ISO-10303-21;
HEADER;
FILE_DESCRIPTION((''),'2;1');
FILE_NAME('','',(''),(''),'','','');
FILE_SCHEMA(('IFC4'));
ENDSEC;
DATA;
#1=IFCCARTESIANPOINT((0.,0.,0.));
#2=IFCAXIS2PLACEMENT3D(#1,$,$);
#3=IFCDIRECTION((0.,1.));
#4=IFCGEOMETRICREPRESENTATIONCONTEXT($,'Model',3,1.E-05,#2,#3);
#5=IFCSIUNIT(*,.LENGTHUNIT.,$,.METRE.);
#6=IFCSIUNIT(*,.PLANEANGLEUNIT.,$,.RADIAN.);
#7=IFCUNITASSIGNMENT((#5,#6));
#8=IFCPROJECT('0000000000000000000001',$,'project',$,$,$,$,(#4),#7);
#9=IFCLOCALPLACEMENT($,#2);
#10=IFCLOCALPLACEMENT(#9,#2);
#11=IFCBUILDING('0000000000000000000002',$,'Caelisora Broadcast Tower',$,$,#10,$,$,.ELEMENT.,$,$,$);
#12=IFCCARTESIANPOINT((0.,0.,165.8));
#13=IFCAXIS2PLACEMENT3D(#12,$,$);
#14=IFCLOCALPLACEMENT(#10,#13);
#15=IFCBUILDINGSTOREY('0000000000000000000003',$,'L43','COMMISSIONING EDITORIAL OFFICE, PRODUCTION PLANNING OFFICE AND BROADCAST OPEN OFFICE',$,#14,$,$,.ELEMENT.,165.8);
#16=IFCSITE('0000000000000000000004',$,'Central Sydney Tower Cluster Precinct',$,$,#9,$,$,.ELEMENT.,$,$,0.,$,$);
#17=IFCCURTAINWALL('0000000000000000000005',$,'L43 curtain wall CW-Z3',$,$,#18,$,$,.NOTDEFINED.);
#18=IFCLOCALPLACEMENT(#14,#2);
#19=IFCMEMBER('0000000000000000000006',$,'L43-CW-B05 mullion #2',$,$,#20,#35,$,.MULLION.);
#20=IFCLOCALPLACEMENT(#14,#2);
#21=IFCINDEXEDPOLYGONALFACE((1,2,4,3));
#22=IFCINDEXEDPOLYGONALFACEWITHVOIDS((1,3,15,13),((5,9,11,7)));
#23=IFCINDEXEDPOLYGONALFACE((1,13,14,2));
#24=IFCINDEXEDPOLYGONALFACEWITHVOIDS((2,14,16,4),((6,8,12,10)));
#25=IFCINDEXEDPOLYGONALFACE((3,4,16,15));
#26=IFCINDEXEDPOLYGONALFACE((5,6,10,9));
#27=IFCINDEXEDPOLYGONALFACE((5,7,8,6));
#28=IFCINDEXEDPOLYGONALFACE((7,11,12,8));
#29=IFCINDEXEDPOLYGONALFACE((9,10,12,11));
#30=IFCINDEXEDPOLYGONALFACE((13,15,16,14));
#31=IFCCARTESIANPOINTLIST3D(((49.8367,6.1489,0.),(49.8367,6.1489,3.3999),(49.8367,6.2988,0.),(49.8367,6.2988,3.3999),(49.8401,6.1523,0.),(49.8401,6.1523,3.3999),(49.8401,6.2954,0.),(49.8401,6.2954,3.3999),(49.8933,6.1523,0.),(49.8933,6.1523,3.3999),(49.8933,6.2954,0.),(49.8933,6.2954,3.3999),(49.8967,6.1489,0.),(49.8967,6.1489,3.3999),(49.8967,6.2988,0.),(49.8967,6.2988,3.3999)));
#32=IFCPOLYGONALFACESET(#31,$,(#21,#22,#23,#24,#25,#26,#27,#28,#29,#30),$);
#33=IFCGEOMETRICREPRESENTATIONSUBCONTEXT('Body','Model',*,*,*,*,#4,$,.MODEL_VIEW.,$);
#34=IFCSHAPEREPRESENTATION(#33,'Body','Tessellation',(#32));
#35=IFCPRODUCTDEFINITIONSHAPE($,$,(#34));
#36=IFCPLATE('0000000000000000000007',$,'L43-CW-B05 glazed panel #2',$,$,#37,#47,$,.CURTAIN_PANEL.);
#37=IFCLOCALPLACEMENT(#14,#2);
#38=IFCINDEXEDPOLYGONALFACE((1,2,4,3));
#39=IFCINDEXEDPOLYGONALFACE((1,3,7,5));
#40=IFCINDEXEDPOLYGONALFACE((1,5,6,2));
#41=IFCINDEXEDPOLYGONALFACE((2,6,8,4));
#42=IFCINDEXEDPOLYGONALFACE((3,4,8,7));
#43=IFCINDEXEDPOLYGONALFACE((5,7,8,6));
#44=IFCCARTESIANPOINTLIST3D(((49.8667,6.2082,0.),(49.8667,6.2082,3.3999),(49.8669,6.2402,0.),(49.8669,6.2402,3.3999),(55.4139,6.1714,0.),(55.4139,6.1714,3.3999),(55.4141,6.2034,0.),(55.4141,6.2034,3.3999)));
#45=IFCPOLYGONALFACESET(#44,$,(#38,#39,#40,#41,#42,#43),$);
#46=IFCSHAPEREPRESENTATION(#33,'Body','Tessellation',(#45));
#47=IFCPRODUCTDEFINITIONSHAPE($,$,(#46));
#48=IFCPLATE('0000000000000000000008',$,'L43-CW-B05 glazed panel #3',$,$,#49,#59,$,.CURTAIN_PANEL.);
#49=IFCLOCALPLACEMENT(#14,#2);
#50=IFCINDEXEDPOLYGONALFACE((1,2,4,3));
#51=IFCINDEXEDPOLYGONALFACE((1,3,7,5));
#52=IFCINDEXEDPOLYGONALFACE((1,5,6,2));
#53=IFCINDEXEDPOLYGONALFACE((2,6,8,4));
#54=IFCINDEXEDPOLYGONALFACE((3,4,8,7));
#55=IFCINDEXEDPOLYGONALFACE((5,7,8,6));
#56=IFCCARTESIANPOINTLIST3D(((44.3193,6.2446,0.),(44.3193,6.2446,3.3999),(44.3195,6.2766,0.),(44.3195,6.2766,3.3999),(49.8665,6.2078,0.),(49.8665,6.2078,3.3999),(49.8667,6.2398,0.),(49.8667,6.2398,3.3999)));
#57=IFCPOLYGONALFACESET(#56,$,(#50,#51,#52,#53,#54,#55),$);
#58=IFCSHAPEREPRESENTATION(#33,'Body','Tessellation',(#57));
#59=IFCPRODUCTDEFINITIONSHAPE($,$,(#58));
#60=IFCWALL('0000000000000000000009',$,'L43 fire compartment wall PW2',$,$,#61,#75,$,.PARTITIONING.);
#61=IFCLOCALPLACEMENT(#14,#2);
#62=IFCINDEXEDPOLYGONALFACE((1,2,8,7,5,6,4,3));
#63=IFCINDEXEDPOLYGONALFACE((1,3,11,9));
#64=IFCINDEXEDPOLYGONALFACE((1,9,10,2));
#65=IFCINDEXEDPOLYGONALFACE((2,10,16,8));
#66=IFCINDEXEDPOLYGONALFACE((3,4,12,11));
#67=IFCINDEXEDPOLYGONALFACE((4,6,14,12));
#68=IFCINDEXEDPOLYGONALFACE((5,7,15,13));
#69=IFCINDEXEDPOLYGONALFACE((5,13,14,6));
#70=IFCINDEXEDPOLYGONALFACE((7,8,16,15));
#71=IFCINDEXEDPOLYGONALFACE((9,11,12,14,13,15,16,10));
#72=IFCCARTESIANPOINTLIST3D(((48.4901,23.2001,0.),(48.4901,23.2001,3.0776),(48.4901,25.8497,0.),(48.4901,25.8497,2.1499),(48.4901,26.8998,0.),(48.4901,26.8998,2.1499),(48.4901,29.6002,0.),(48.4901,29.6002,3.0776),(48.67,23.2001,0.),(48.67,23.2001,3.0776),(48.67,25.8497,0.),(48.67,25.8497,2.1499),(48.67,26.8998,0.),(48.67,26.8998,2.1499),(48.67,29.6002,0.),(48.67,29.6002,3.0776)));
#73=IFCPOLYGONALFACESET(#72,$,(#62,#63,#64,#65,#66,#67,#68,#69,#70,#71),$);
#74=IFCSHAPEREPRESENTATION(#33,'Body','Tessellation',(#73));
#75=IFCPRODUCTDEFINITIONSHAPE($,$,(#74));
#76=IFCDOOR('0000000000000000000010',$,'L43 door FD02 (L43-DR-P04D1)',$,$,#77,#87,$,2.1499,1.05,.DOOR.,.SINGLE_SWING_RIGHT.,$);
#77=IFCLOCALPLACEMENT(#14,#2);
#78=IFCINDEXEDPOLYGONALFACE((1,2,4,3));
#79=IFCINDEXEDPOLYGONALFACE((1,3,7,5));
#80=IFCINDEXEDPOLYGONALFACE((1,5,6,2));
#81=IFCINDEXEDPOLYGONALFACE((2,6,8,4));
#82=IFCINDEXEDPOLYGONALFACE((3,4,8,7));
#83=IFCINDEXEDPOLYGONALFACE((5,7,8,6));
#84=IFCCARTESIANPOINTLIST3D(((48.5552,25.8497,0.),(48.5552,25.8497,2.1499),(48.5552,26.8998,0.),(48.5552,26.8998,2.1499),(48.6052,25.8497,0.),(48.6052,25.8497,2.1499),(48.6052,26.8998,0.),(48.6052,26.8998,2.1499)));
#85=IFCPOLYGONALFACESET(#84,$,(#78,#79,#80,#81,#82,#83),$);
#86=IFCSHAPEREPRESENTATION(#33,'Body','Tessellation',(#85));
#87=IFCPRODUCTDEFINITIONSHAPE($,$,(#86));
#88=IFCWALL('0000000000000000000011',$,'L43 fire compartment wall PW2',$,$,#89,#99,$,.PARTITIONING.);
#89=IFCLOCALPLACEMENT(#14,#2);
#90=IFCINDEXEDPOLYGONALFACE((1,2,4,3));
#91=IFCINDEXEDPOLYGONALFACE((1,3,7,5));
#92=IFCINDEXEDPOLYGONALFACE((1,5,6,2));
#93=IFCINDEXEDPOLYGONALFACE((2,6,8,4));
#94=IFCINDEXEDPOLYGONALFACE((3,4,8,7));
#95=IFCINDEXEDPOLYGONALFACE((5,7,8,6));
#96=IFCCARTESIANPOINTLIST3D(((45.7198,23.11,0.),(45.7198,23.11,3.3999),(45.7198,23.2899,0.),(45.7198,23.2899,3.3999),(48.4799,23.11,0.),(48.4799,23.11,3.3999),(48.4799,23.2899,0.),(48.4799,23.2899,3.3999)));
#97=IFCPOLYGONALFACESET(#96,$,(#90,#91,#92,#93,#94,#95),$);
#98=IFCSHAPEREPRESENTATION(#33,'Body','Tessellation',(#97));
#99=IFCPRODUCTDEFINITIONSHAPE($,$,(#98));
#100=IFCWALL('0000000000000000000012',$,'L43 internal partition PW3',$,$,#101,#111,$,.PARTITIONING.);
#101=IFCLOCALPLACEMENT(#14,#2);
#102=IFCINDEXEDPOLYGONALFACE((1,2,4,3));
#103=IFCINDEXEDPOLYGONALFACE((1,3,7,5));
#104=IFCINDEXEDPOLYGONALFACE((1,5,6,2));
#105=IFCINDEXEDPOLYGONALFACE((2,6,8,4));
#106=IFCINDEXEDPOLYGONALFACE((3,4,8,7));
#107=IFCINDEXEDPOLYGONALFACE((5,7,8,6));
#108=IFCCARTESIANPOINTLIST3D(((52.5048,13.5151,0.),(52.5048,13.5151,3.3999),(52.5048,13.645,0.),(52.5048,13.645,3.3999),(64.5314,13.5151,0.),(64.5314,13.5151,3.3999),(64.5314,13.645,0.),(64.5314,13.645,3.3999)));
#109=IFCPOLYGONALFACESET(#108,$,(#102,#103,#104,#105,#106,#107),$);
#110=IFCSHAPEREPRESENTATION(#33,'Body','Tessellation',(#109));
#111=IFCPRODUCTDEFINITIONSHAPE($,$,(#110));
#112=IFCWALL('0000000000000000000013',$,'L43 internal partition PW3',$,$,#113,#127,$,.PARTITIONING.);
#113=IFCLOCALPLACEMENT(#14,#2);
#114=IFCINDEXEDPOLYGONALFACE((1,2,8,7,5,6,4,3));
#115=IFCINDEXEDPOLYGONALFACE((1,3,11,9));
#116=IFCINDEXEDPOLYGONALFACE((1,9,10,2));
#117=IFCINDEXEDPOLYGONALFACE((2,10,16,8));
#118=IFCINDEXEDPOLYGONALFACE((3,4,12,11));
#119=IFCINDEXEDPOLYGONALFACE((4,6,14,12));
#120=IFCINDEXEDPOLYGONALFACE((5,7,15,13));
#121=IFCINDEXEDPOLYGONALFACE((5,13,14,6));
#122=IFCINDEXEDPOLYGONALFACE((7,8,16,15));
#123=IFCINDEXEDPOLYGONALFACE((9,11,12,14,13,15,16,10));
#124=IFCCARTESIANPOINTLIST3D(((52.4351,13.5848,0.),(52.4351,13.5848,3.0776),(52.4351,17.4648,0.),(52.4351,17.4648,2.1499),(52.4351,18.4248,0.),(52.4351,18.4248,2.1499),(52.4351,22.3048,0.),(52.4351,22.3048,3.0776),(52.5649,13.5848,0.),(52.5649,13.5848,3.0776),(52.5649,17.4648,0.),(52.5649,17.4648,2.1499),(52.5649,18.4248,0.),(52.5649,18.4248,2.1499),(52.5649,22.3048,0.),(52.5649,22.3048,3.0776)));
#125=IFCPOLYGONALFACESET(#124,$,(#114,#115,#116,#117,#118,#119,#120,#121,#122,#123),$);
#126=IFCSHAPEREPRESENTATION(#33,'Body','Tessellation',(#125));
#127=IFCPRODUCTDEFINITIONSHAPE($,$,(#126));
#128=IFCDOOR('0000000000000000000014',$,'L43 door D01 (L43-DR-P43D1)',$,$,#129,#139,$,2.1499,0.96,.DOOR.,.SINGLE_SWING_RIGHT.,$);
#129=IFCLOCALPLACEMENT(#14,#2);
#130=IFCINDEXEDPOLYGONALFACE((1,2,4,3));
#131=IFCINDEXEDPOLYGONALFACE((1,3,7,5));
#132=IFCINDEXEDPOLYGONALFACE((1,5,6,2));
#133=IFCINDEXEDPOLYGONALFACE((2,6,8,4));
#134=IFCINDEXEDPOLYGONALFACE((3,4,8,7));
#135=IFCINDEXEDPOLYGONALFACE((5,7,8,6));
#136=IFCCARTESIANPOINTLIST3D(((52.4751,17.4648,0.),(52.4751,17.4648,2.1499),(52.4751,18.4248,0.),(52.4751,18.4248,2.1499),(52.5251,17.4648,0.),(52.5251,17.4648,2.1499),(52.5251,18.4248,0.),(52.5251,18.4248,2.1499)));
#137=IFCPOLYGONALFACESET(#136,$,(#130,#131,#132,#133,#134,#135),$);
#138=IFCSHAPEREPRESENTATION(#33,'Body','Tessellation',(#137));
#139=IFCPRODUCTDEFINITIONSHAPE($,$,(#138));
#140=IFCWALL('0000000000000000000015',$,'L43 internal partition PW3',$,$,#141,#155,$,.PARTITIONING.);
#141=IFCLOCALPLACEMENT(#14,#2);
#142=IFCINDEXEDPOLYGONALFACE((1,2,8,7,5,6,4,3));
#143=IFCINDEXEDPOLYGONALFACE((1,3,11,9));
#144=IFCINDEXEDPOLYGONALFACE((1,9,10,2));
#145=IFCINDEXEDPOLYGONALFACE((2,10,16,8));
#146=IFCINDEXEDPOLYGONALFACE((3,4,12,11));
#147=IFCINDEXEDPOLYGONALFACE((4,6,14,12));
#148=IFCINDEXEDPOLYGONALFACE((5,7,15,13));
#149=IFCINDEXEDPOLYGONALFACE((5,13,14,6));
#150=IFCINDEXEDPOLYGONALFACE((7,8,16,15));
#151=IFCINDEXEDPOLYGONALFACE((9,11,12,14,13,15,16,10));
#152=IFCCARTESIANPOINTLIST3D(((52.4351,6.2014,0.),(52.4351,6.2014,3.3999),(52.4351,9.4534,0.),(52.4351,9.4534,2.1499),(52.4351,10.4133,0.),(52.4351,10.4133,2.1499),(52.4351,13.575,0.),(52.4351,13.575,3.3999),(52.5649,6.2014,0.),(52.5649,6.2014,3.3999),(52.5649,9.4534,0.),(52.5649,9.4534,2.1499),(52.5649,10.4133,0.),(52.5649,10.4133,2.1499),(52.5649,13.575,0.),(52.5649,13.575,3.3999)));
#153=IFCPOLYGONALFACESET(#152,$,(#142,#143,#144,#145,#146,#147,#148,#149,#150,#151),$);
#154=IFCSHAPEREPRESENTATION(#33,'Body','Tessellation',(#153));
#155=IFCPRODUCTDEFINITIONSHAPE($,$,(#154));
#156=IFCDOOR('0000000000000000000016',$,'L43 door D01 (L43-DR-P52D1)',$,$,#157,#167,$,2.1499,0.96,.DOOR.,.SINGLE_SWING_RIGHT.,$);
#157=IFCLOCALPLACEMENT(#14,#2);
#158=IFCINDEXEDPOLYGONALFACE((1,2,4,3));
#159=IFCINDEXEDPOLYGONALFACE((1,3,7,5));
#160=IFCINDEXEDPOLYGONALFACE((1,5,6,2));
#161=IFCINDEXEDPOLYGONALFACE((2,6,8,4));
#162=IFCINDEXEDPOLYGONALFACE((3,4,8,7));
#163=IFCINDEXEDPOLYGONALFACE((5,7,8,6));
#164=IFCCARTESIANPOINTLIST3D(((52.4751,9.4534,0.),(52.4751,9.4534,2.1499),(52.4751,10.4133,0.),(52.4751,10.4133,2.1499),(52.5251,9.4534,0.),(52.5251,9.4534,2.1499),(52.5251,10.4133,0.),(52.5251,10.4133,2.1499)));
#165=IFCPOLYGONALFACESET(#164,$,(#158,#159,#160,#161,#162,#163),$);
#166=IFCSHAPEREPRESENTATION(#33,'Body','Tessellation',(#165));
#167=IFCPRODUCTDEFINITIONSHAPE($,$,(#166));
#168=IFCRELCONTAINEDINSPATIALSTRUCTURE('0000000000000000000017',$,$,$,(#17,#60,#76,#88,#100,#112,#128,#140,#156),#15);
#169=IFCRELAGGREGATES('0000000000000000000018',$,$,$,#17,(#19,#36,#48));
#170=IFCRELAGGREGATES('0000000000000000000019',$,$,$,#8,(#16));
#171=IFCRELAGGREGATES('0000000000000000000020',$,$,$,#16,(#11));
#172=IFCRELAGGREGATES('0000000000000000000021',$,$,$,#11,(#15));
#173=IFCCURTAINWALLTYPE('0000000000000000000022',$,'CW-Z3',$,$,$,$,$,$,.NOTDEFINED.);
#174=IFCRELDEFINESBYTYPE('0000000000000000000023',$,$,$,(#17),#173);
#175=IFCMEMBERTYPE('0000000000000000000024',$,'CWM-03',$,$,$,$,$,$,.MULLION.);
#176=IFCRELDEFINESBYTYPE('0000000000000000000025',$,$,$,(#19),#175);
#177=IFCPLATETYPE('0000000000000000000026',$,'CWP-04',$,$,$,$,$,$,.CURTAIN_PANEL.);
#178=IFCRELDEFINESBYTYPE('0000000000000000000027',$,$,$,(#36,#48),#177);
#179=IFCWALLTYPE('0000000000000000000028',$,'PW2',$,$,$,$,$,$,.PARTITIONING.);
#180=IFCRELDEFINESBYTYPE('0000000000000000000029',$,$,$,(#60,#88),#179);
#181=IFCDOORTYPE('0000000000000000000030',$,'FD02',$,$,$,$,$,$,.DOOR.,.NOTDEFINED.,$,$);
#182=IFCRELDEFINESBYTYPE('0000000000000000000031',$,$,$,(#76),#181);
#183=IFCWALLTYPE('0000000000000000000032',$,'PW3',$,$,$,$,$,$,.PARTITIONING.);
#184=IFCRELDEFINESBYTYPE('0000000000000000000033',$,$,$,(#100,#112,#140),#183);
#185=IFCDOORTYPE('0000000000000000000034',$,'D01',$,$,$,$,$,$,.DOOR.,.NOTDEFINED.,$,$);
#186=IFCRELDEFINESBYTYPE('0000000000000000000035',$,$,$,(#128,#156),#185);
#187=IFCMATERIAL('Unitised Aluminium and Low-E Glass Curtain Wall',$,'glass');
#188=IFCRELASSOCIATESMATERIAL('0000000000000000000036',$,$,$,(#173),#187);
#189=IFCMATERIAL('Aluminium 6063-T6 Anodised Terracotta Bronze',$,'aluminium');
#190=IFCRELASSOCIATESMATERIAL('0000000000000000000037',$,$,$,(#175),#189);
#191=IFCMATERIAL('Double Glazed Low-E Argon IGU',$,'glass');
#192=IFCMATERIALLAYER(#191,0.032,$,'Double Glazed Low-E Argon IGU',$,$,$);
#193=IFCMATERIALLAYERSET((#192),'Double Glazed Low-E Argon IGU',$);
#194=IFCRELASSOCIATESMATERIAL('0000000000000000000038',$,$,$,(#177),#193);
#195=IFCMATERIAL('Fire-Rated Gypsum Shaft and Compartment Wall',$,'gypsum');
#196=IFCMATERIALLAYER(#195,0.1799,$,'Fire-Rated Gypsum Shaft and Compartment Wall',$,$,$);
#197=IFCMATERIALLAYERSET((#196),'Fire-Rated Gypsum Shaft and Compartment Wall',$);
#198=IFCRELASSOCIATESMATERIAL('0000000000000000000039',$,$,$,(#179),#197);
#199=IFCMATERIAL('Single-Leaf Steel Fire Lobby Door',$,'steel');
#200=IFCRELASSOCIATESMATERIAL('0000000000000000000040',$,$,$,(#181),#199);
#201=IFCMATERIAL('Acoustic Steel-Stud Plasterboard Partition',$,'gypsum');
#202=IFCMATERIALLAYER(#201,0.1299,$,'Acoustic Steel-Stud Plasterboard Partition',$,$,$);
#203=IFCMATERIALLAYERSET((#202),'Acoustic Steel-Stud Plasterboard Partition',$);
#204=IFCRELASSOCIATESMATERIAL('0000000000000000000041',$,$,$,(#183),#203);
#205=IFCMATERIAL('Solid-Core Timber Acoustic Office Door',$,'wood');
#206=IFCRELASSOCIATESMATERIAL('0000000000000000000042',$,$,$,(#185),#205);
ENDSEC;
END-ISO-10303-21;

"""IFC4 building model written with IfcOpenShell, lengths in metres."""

from ifc_helpers import new_model, si_unit, direction, frame, frame_2d, origin, origin_2d, place, context, subcontext, project, spatial, rectangle, hollow_rectangle, extrude, source, transform, mapped, material, layer, layer_set, material_profile, profile_set, type_object, type_shapes, element, fill, aggregate, save


model = new_model("IFC4")

# Units and contexts
model_context = context("Model", 3, precision=1e-05, world=origin(), true_north=direction((0.0, 1.0)))
body_context = subcontext(model_context, "Body", "Model", "MODEL_VIEW")
ifc_project = project(units=[si_unit("LENGTHUNIT", "METRE"), si_unit("PLANEANGLEUNIT", "RADIAN")], contexts=[model_context])

# Site, building, storey
site_placement = place(None, origin())
site = spatial("IfcSite", under=ifc_project, at=site_placement, Name="Central Sydney Tower Cluster Precinct", CompositionType="ELEMENT", RefElevation=0.0)
building_placement = place(site_placement, origin())
building = spatial("IfcBuilding", under=site, at=building_placement, Name="Caelisora Broadcast Tower", CompositionType="ELEMENT")
storey_placement = place(building_placement, frame((0.0, 0.0, 165.8)))
storey = spatial("IfcBuildingStorey", under=building, at=storey_placement, Name="L43", Description="COMMISSIONING EDITORIAL OFFICE, PRODUCTION PLANNING OFFICE AND BROADCAST OPEN OFFICE", CompositionType="ELEMENT", Elevation=165.8)

# Curtain wall, member, plates
ifc_material_1 = material(Name="Unitised Aluminium and Low-E Glass Curtain Wall", Category="glass")
curtain_wall_type = type_object("IfcCurtainWallType", Name="CW-Z3", PredefinedType="NOTDEFINED", material=ifc_material_1)
curtain_wall_placement = place(storey_placement, origin())
curtain_wall = element("IfcCurtainWall", 1, at=curtain_wall_placement, inside=storey, type_object=curtain_wall_type, Name="L43 curtain wall CW-Z3", PredefinedType="NOTDEFINED")
ifc_material_2 = material(Name="Aluminium 6063-T6 Anodised Terracotta Bronze", Category="aluminium")
ifc_material_profile_1 = material_profile(ifc_material_2, hollow_rectangle(XDim=0.0601, YDim=0.1499, WallThickness=0.0034, at=origin_2d()), Name="Aluminium 6063-T6 Anodised Terracotta Bronze")
ifc_profile_set_1 = profile_set([ifc_material_profile_1], Name="Aluminium 6063-T6 Anodised Terracotta Bronze")
member_type = type_object("IfcMemberType", Name="CWM-03", PredefinedType="MULLION", material=ifc_profile_set_1)
shared_shape_1 = source(origin(), body_context, "Body", "SweptSolid", [
    extrude(hollow_rectangle(XDim=0.0601, YDim=0.1499, WallThickness=0.0034, at=origin_2d()), origin(), (0.0, 0.0, 1.0), 3.3999),
])
type_shapes(member_type, [shared_shape_1])
member_placement = place(storey_placement, frame((49.8667, 6.2239, 0.0), z_axis=(0.0, 0.0, 1.0), x_axis=(1.0, 0.0, 0.0)))
member = element("IfcMember", 2, at=member_placement, type_object=member_type, Name="L43-CW-B05 mullion #2", PredefinedType="MULLION", context=body_context, shape_type="MappedRepresentation", body=[
    mapped(shared_shape_1, transform((0.0, 0.0, 0.0), scale=1.0)),
])
ifc_material_3 = material(Name="Double Glazed Low-E Argon IGU", Category="glass")
ifc_layer_1 = layer(ifc_material_3, 0.032, Name="Double Glazed Low-E Argon IGU")
ifc_layer_set_1 = layer_set([ifc_layer_1], Name="Double Glazed Low-E Argon IGU")
plate_type = type_object("IfcPlateType", Name="CWP-04", PredefinedType="CURTAIN_PANEL", material=ifc_layer_set_1)
shared_shape_2 = source(origin(), body_context, "Body", "SweptSolid", [
    extrude(rectangle(XDim=5.5474, YDim=0.032, at=origin_2d()), origin(), (0.0, 0.0, 1.0), 3.3999),
])
type_shapes(plate_type, [shared_shape_2])
plate_1_placement = place(storey_placement, frame((52.6404, 6.2058, 0.0), z_axis=(0.0, 0.0, 1.0), x_axis=(-0.999978, 0.006632, 0.0)))
plate_1 = element("IfcPlate", 3, at=plate_1_placement, type_object=plate_type, Name="L43-CW-B05 glazed panel #2", PredefinedType="CURTAIN_PANEL", context=body_context, shape_type="MappedRepresentation", body=[
    mapped(shared_shape_2, transform((0.0, 0.0, 0.0), scale=1.0)),
])
plate_2_placement = place(storey_placement, frame((47.093, 6.2422, 0.0), z_axis=(0.0, 0.0, 1.0), x_axis=(-0.999978, 0.006632, 0.0)))
plate_2 = element("IfcPlate", 4, at=plate_2_placement, type_object=plate_type, Name="L43-CW-B05 glazed panel #3", PredefinedType="CURTAIN_PANEL", context=body_context, shape_type="MappedRepresentation", body=[
    mapped(shared_shape_2, transform((0.0, 0.0, 0.0), scale=1.0)),
])
aggregate(curtain_wall, [member, plate_1, plate_2])

# Wall, opening, door
ifc_material_4 = material(Name="Fire-Rated Gypsum Shaft and Compartment Wall", Category="gypsum")
ifc_layer_2 = layer(ifc_material_4, 0.1799, Name="Fire-Rated Gypsum Shaft and Compartment Wall")
ifc_layer_set_2 = layer_set([ifc_layer_2], Name="Fire-Rated Gypsum Shaft and Compartment Wall")
wall_type_1 = type_object("IfcWallType", Name="PW2", PredefinedType="PARTITIONING", material=ifc_layer_set_2)
wall_1_placement = place(storey_placement, frame((48.5801, 23.2, 0.0), z_axis=(0.0, 0.0, 1.0), x_axis=(0.0, 1.0, 0.0)))
wall_1 = element("IfcWall", 5, at=wall_1_placement, inside=storey, type_object=wall_type_1, Name="L43 fire compartment wall PW2", PredefinedType="PARTITIONING", context=body_context, shape_type="SweptSolid", body=[
    extrude(rectangle(XDim=6.4001, YDim=0.1799, at=frame_2d((3.2002, 0.0))), origin(), (0.0, 0.0, 1.0), 3.0776),
])
opening_1_placement = place(wall_1_placement, frame((2.6499, 0.0, 0.0)))
opening_1 = element("IfcOpeningElement", 6, at=opening_1_placement, cuts=wall_1, PredefinedType="OPENING", context=body_context, shape_type="SweptSolid", body=[
    extrude(rectangle(XDim=1.05, YDim=2.1499, at=frame_2d((0.5249, 1.075))), frame((0.0, 0.1021, 0.0), z_axis=(0.0, -1.0, 0.0), x_axis=(1.0, 0.0, 0.0)), (0.0, 0.0, 1.0), 0.2039),
])
ifc_material_5 = material(Name="Single-Leaf Steel Fire Lobby Door", Category="steel")
door_type_1 = type_object("IfcDoorType", Name="FD02", OperationType="NOTDEFINED", PredefinedType="DOOR", material=ifc_material_5)
door_1_placement = place(opening_1_placement, origin())
door_1 = element("IfcDoor", 7, at=door_1_placement, inside=storey, type_object=door_type_1, Name="L43 door FD02 (L43-DR-P04D1)", OperationType="SINGLE_SWING_RIGHT", OverallHeight=2.1499, OverallWidth=1.05, PredefinedType="DOOR", context=body_context, shape_type="SweptSolid", body=[
    extrude(rectangle(XDim=1.05, YDim=2.1499, at=frame_2d((0.5249, 1.075))), frame((0.0, 0.0249, 0.0), z_axis=(0.0, -1.0, 0.0), x_axis=(1.0, 0.0, 0.0)), (0.0, 0.0, 1.0), 0.05),
])
fill(opening_1, door_1)

# Walls
wall_2_placement = place(storey_placement, frame((45.72, 23.2, 0.0), z_axis=(0.0, 0.0, 1.0), x_axis=(1.0, 0.0, 0.0)))
element("IfcWall", 8, at=wall_2_placement, inside=storey, type_object=wall_type_1, Name="L43 fire compartment wall PW2", PredefinedType="PARTITIONING", context=body_context, shape_type="SweptSolid", body=[
    extrude(rectangle(XDim=2.76, YDim=0.1799, at=frame_2d((1.3799, 0.0))), origin(), (0.0, 0.0, 1.0), 3.3999),
])
ifc_material_6 = material(Name="Acoustic Steel-Stud Plasterboard Partition", Category="gypsum")
ifc_layer_3 = layer(ifc_material_6, 0.1299, Name="Acoustic Steel-Stud Plasterboard Partition")
ifc_layer_set_3 = layer_set([ifc_layer_3], Name="Acoustic Steel-Stud Plasterboard Partition")
wall_type_2 = type_object("IfcWallType", Name="PW3", PredefinedType="PARTITIONING", material=ifc_layer_set_3)
wall_3_placement = place(storey_placement, frame((52.5049, 13.5801, 0.0), z_axis=(0.0, 0.0, 1.0), x_axis=(1.0, 0.0, 0.0)))
element("IfcWall", 9, at=wall_3_placement, inside=storey, type_object=wall_type_2, Name="L43 internal partition PW3", PredefinedType="PARTITIONING", context=body_context, shape_type="SweptSolid", body=[
    extrude(rectangle(XDim=12.0266, YDim=0.1299, at=frame_2d((6.0132, 0.0))), origin(), (0.0, 0.0, 1.0), 3.3999),
])

# Walls, openings, doors
wall_4_placement = place(storey_placement, frame((52.5, 13.585, 0.0), z_axis=(0.0, 0.0, 1.0), x_axis=(0.0, 1.0, 0.0)))
wall_4 = element("IfcWall", 10, at=wall_4_placement, inside=storey, type_object=wall_type_2, Name="L43 internal partition PW3", PredefinedType="PARTITIONING", context=body_context, shape_type="SweptSolid", body=[
    extrude(rectangle(XDim=8.72, YDim=0.1299, at=frame_2d((4.3599, 0.0))), origin(), (0.0, 0.0, 1.0), 3.0776),
])
opening_2_placement = place(wall_4_placement, frame((3.8799, 0.0, 0.0)))
opening_2 = element("IfcOpeningElement", 11, at=opening_2_placement, cuts=wall_4, PredefinedType="OPENING", context=body_context, shape_type="SweptSolid", body=[
    extrude(rectangle(XDim=0.96, YDim=2.1499, at=frame_2d((0.48, 1.075))), frame((0.0, 0.0769, 0.0), z_axis=(0.0, -1.0, 0.0), x_axis=(1.0, 0.0, 0.0)), (0.0, 0.0, 1.0), 0.1538),
])
ifc_material_7 = material(Name="Solid-Core Timber Acoustic Office Door", Category="wood")
door_type_2 = type_object("IfcDoorType", Name="D01", OperationType="NOTDEFINED", PredefinedType="DOOR", material=ifc_material_7)
door_2_placement = place(opening_2_placement, origin())
door_2 = element("IfcDoor", 12, at=door_2_placement, inside=storey, type_object=door_type_2, Name="L43 door D01 (L43-DR-P43D1)", OperationType="SINGLE_SWING_RIGHT", OverallHeight=2.1499, OverallWidth=0.96, PredefinedType="DOOR", context=body_context, shape_type="SweptSolid", body=[
    extrude(rectangle(XDim=0.96, YDim=2.1499, at=frame_2d((0.48, 1.075))), frame((0.0, 0.0249, 0.0), z_axis=(0.0, -1.0, 0.0), x_axis=(1.0, 0.0, 0.0)), (0.0, 0.0, 1.0), 0.05),
])
fill(opening_2, door_2)
wall_5_placement = place(storey_placement, frame((52.5, 6.2014, 0.0), z_axis=(0.0, 0.0, 1.0), x_axis=(0.0, 1.0, 0.0)))
wall_5 = element("IfcWall", 13, at=wall_5_placement, inside=storey, type_object=wall_type_2, Name="L43 internal partition PW3", PredefinedType="PARTITIONING", context=body_context, shape_type="SweptSolid", body=[
    extrude(rectangle(XDim=7.3735, YDim=0.1299, at=frame_2d((3.6868, 0.0))), origin(), (0.0, 0.0, 1.0), 3.3999),
])
opening_3_placement = place(wall_5_placement, frame((3.252, 0.0, 0.0)))
opening_3 = element("IfcOpeningElement", 14, at=opening_3_placement, cuts=wall_5, PredefinedType="OPENING", context=body_context, shape_type="SweptSolid", body=[
    extrude(rectangle(XDim=0.96, YDim=2.1499, at=frame_2d((0.48, 1.075))), frame((0.0, 0.0769, 0.0), z_axis=(0.0, -1.0, 0.0), x_axis=(1.0, 0.0, 0.0)), (0.0, 0.0, 1.0), 0.1538),
])
door_3_placement = place(opening_3_placement, origin())
door_3 = element("IfcDoor", 15, at=door_3_placement, inside=storey, type_object=door_type_2, Name="L43 door D01 (L43-DR-P52D1)", OperationType="SINGLE_SWING_RIGHT", OverallHeight=2.1499, OverallWidth=0.96, PredefinedType="DOOR", context=body_context, shape_type="SweptSolid", body=[
    extrude(rectangle(XDim=0.96, YDim=2.1499, at=frame_2d((0.48, 1.075))), frame((0.0, 0.0249, 0.0), z_axis=(0.0, -1.0, 0.0), x_axis=(1.0, 0.0, 0.0)), (0.0, 0.0, 1.0), 0.05),
])
fill(opening_3, door_3)

save(model, "model.ifc")
